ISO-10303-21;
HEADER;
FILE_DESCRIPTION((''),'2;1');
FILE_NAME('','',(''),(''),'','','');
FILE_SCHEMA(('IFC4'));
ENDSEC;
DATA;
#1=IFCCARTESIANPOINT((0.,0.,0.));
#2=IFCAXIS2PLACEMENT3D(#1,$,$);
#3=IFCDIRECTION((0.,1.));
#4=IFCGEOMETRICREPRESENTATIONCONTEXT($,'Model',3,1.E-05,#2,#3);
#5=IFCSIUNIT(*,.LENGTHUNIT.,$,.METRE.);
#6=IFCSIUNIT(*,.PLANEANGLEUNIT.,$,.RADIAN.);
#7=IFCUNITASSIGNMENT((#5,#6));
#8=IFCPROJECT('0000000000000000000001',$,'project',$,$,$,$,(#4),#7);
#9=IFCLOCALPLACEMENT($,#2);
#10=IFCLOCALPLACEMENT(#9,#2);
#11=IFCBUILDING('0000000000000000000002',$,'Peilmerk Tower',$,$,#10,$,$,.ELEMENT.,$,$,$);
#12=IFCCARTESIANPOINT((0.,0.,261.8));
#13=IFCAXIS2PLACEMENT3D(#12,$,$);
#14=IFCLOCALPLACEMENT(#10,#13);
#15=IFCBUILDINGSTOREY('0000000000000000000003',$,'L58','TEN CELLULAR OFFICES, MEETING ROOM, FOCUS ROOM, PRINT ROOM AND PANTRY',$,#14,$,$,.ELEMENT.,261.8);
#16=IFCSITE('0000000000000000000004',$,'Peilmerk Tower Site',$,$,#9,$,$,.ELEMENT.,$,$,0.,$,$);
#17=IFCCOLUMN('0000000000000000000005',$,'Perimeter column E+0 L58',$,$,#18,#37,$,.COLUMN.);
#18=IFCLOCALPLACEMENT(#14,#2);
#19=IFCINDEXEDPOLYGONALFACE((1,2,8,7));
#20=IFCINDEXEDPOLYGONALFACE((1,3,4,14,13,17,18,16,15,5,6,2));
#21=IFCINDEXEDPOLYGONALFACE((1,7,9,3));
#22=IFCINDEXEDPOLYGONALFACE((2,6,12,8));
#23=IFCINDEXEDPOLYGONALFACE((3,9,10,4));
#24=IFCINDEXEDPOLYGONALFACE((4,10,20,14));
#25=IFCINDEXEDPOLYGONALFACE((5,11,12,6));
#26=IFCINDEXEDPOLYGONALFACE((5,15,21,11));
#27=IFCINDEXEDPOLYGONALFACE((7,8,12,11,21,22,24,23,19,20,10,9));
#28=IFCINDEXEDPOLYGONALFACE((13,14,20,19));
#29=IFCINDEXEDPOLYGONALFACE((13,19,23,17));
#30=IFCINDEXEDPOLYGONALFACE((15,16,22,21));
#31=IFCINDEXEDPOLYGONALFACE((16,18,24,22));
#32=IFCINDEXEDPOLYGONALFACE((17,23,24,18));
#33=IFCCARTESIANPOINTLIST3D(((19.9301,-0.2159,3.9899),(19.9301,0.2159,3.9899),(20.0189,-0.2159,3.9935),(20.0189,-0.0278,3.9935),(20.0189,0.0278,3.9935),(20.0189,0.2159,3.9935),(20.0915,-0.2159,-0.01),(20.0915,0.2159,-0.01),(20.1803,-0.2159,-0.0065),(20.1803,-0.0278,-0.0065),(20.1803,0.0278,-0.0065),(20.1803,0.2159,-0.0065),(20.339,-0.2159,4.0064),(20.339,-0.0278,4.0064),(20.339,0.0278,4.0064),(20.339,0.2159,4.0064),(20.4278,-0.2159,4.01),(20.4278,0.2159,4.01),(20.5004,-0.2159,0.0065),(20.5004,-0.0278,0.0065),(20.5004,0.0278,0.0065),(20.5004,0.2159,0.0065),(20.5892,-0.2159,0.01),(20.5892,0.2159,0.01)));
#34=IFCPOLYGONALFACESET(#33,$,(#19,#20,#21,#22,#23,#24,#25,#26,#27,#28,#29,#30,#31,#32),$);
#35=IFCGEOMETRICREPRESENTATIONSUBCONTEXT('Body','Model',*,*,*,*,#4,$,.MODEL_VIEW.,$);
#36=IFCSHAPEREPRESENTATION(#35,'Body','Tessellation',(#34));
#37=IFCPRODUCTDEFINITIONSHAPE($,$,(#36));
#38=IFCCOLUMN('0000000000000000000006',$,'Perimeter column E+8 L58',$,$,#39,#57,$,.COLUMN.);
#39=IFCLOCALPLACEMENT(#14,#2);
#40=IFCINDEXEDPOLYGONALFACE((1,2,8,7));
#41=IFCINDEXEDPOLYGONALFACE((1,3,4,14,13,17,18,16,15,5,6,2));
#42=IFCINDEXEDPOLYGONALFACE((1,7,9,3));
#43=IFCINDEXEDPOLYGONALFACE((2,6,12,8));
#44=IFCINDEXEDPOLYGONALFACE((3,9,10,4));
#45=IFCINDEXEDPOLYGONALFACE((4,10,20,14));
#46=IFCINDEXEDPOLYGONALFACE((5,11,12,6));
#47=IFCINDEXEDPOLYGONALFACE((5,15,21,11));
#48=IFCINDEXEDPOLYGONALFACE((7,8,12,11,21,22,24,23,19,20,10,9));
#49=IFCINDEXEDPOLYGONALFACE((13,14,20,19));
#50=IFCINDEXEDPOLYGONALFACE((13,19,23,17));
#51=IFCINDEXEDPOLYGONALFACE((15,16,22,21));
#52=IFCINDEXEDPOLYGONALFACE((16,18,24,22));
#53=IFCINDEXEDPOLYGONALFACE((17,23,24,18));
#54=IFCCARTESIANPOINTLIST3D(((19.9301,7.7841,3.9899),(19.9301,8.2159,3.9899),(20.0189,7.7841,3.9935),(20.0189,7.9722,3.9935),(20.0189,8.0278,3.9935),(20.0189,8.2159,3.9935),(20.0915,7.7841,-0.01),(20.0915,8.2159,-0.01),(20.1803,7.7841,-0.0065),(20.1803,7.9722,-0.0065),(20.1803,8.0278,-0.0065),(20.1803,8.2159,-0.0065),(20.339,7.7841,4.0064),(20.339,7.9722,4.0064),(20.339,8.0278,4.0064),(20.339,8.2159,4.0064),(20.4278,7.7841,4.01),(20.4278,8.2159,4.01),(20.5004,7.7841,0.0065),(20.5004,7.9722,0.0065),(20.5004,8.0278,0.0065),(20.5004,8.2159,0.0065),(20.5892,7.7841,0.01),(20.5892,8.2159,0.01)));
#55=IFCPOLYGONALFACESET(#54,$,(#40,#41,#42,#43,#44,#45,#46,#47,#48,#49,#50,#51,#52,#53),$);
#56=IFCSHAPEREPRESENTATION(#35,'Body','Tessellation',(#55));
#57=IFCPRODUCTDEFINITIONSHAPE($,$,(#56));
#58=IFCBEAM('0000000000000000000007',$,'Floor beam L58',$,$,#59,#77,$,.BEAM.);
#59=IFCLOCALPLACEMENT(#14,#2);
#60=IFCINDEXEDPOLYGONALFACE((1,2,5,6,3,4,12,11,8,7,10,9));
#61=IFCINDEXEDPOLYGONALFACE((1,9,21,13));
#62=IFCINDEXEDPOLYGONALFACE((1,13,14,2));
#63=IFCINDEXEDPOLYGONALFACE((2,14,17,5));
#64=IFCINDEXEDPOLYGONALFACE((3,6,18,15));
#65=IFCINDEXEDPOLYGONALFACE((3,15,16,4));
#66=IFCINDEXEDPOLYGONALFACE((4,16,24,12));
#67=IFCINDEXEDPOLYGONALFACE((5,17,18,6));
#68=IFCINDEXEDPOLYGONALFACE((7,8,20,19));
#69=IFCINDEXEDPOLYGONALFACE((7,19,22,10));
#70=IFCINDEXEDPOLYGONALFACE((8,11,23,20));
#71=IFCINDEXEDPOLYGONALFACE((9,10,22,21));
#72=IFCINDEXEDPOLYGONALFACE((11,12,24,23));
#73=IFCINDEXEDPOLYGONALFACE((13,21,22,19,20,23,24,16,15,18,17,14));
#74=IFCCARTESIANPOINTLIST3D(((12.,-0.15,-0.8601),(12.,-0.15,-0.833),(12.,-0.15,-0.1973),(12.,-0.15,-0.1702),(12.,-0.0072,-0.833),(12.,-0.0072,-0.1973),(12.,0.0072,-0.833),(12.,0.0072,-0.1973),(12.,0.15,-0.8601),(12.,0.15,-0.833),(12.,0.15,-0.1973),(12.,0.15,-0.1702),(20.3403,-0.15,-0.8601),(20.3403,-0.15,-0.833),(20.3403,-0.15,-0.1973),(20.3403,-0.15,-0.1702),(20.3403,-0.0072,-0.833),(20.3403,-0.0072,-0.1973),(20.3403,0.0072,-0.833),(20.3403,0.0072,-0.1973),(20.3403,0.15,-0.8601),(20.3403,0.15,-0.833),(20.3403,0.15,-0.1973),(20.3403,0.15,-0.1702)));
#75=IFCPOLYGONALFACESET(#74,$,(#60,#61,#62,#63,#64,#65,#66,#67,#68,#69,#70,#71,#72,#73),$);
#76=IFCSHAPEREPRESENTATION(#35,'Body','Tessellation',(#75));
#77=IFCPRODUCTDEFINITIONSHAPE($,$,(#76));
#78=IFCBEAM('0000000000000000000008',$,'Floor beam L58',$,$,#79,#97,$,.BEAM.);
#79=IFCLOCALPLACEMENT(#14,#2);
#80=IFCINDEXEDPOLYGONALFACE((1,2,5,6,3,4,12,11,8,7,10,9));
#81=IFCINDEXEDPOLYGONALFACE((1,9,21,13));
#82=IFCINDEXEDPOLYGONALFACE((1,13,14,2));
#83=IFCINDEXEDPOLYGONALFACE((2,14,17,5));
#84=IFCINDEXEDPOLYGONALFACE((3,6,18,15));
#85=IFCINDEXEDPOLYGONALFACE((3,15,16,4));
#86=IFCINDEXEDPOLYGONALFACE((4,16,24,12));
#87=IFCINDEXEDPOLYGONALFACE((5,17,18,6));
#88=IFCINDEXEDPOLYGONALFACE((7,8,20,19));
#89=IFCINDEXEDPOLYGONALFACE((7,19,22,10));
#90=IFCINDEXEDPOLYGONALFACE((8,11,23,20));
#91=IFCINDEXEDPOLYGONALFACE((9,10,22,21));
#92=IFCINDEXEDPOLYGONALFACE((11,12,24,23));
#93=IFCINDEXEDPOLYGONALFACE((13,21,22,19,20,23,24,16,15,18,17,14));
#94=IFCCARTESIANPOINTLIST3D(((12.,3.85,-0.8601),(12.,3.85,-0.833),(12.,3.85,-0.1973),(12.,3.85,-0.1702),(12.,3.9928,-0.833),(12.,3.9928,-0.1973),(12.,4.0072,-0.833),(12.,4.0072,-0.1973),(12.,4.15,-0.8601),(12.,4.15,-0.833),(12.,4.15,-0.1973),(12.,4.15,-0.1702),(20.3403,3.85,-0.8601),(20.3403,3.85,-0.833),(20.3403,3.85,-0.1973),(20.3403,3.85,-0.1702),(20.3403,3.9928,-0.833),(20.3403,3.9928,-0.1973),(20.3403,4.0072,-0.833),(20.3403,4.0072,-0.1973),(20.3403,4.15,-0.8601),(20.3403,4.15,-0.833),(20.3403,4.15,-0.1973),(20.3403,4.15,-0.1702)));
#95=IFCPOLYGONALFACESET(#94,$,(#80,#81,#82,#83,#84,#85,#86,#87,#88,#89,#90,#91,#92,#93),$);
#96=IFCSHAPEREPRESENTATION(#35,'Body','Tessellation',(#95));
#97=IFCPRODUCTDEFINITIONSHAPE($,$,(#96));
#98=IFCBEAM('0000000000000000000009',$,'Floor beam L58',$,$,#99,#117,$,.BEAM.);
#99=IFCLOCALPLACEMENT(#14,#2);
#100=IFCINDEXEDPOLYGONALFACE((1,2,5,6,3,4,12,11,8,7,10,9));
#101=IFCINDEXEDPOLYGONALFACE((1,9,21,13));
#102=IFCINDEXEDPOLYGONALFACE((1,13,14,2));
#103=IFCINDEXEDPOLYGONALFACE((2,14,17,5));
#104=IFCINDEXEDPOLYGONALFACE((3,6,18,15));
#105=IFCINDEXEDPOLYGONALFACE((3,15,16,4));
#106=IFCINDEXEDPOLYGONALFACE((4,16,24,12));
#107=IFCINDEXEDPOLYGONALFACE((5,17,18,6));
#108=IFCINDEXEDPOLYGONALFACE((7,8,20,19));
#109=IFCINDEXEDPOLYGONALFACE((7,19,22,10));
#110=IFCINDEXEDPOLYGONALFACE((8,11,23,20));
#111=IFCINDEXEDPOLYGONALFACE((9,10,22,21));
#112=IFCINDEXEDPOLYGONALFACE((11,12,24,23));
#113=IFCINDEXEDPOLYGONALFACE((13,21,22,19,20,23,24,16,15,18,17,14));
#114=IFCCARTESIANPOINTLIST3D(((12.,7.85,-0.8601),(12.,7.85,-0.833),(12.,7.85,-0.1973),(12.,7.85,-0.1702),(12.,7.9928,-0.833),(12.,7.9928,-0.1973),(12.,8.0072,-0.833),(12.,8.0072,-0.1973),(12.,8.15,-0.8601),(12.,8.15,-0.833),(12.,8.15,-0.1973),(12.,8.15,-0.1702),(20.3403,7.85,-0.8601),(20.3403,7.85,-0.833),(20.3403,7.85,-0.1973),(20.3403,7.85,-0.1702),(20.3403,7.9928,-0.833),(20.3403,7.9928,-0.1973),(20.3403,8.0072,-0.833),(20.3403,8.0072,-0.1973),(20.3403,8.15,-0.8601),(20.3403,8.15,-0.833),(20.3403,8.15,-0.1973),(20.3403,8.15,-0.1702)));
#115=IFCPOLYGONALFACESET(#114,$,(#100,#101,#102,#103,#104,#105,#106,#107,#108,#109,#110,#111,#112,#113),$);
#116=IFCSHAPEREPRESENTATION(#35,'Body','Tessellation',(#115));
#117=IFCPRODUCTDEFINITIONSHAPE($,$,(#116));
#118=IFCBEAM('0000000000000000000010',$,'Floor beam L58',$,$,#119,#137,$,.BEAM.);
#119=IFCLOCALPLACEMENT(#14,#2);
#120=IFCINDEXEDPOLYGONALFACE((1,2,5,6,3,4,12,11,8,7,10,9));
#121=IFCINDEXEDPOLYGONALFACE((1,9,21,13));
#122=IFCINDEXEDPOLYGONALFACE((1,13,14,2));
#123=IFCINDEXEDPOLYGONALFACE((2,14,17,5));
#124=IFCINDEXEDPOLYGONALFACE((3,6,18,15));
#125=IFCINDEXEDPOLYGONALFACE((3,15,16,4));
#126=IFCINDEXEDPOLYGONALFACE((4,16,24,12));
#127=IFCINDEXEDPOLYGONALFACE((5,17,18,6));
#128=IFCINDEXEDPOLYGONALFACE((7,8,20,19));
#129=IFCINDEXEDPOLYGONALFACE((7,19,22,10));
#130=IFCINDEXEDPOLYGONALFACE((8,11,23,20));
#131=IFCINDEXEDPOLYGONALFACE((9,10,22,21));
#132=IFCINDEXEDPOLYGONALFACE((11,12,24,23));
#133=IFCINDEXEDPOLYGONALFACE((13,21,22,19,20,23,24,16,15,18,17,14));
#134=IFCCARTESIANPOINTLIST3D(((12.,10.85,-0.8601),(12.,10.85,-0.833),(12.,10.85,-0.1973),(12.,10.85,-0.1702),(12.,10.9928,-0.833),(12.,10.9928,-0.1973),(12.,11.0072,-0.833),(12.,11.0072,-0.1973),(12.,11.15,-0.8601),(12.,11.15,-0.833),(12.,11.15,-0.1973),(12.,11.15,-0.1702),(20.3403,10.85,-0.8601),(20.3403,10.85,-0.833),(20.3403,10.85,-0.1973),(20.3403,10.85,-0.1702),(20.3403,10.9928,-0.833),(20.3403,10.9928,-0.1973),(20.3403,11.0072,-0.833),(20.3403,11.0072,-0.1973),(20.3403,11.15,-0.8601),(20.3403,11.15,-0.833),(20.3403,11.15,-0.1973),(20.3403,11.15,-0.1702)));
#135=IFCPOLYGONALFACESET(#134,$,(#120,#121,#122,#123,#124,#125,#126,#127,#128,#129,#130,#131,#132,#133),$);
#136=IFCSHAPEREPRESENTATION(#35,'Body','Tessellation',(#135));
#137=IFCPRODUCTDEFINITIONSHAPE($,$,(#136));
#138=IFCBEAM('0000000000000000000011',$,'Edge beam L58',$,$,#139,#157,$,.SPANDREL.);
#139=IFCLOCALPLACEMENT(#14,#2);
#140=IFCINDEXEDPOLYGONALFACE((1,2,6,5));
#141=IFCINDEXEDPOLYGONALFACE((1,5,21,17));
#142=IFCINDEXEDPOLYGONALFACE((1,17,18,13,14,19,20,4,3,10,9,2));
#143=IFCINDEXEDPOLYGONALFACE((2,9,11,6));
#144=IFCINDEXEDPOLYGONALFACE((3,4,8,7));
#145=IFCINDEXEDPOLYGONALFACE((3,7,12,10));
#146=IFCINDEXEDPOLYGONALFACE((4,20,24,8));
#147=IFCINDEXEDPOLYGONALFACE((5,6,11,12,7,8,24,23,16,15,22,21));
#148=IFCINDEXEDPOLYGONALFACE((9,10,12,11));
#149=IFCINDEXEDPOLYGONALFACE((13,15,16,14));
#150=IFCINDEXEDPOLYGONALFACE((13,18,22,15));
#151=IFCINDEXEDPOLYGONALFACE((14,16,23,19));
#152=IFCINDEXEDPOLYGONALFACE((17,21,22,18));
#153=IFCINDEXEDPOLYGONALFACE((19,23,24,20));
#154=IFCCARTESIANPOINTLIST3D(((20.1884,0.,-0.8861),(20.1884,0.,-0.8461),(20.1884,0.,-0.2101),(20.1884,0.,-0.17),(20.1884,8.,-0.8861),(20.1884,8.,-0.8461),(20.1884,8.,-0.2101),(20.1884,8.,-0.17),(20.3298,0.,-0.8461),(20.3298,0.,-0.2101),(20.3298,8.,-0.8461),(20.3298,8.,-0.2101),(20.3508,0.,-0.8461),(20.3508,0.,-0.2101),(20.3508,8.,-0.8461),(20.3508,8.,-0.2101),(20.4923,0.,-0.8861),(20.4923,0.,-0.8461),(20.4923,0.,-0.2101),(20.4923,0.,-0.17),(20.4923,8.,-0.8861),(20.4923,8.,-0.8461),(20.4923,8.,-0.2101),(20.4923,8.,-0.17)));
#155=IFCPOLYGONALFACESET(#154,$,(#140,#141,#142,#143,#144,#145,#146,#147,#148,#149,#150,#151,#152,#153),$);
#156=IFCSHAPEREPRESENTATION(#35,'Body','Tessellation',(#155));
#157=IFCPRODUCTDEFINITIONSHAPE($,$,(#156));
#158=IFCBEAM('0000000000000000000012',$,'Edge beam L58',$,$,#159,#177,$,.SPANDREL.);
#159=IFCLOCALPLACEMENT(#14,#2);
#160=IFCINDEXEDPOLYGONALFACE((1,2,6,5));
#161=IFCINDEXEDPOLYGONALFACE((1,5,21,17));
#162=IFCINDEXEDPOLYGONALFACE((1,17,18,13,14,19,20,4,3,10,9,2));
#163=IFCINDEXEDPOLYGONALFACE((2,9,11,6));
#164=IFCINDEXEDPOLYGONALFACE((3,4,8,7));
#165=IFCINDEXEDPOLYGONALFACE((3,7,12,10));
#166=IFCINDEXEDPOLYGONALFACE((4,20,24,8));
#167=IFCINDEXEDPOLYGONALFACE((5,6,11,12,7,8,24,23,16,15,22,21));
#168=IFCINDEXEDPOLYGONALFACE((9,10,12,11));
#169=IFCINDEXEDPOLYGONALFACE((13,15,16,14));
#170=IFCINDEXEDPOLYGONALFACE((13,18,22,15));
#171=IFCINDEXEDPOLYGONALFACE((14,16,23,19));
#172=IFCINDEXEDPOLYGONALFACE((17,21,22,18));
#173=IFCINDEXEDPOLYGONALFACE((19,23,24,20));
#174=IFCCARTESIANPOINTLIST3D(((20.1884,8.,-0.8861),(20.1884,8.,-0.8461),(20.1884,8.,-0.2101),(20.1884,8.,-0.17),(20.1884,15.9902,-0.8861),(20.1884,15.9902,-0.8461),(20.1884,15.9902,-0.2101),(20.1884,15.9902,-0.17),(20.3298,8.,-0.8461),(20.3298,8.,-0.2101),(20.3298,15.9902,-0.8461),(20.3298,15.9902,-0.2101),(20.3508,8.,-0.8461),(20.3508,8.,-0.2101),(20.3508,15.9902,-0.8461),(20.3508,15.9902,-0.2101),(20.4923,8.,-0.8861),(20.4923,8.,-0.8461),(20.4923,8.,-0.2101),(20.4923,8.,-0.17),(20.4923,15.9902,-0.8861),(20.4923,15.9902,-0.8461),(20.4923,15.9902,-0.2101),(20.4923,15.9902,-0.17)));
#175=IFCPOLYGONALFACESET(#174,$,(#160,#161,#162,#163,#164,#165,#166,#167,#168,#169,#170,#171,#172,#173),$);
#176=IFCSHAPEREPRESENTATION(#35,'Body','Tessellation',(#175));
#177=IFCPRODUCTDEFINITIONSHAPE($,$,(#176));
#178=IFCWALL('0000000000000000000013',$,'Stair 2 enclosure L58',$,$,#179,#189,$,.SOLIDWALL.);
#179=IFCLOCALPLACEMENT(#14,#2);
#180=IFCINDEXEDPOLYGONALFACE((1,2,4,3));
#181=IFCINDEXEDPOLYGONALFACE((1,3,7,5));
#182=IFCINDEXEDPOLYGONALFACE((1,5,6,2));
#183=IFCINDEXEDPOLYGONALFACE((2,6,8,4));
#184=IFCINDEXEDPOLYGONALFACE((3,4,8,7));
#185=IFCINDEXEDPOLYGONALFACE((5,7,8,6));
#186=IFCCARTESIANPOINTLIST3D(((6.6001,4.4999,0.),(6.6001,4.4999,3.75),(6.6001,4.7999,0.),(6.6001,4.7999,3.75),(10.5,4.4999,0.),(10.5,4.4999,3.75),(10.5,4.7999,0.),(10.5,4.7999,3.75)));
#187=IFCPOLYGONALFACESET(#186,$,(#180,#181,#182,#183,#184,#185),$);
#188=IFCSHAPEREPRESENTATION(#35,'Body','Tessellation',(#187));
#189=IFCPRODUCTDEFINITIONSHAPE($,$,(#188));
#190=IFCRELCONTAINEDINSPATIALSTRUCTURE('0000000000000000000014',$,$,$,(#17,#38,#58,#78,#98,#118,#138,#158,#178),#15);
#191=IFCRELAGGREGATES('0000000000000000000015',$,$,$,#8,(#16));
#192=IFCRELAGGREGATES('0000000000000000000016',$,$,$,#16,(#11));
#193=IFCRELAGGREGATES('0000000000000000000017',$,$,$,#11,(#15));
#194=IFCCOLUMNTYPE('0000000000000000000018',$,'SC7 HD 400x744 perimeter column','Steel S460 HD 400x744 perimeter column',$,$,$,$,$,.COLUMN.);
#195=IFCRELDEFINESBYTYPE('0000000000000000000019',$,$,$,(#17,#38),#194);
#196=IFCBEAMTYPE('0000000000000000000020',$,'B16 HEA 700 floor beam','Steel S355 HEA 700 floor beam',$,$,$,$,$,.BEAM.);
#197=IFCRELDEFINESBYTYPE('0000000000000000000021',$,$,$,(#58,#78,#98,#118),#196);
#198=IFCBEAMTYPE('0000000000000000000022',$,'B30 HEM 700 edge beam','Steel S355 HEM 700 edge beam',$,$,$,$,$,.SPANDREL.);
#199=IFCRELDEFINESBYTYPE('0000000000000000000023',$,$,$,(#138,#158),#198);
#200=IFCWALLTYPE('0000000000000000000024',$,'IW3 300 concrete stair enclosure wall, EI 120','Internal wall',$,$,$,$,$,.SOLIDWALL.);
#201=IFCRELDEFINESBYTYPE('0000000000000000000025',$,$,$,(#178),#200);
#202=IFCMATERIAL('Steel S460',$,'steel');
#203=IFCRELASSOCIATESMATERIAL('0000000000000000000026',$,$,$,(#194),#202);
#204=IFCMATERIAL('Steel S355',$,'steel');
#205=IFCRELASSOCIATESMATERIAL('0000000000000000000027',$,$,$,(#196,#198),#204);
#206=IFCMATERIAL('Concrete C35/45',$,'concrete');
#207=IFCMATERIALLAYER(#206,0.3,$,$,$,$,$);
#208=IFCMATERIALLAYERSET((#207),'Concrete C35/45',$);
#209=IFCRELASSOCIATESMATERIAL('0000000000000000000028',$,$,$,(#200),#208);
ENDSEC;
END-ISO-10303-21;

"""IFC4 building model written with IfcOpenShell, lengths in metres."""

from ifc_helpers import new_model, si_unit, direction, frame, frame_2d, origin, origin_2d, place, context, subcontext, project, spatial, rectangle, i_section, extrude, material, layer, layer_set, material_profile, profile_set, type_object, element, save


model = new_model("IFC4")

# Units and contexts
model_context = context("Model", 3, precision=1e-05, world=origin(), true_north=direction((0.0, 1.0)))
body_context = subcontext(model_context, "Body", "Model", "MODEL_VIEW")
ifc_project = project(units=[si_unit("LENGTHUNIT", "METRE"), si_unit("PLANEANGLEUNIT", "RADIAN")], contexts=[model_context])

# Site, building, storey
site_placement = place(None, origin())
site = spatial("IfcSite", under=ifc_project, at=site_placement, Name="Peilmerk Tower Site", CompositionType="ELEMENT", RefElevation=0.0)
building_placement = place(site_placement, origin())
building = spatial("IfcBuilding", under=site, at=building_placement, Name="Peilmerk Tower", CompositionType="ELEMENT")
storey_placement = place(building_placement, frame((0.0, 0.0, 261.8)))
storey = spatial("IfcBuildingStorey", under=building, at=storey_placement, Name="L58", Description="TEN CELLULAR OFFICES, MEETING ROOM, FOCUS ROOM, PRINT ROOM AND PANTRY", CompositionType="ELEMENT", Elevation=261.8)

# Columns
ifc_material_1 = material(Name="Steel S460", Category="steel")
ifc_material_profile_1 = material_profile(ifc_material_1, i_section(OverallWidth=0.4319, OverallDepth=0.498, WebThickness=0.0557, FlangeThickness=0.0889, at=origin_2d()), Name="HD 400x744")
ifc_profile_set_1 = profile_set([ifc_material_profile_1], Name="Steel S460")
column_type = type_object("IfcColumnType", Name="SC7 HD 400x744 perimeter column", Description="Steel S460 HD 400x744 perimeter column", PredefinedType="COLUMN", material=ifc_profile_set_1)
for number, where, z_axis, x_axis, name in (
    (1, (20.3403, 0.0, 0.0), (-0.040311, 0.0, 0.999187), (0.0, -1.0, 0.0), "Perimeter column E+0 L58"),
    (2, (20.3403, 8.0, 0.0), (-0.040311, 0.0, 0.999187), (0.0, -1.0, 0.0), "Perimeter column E+8 L58"),
):
    element("IfcColumn", number, at=place(storey_placement, frame(where, z_axis=z_axis, x_axis=x_axis)), inside=storey, type_object=column_type, Name=name, PredefinedType="COLUMN", context=body_context, shape_type="SweptSolid", body=[
        extrude(i_section(OverallWidth=0.4319, OverallDepth=0.498, WebThickness=0.0557, FlangeThickness=0.0889, at=origin_2d()), origin(), (0.0, 0.0, 1.0), 4.0032),
    ])

# Beams
ifc_material_2 = material(Name="Steel S355", Category="steel")
ifc_material_profile_2 = material_profile(ifc_material_2, i_section(OverallWidth=0.3, OverallDepth=0.6899, WebThickness=0.0144, FlangeThickness=0.0271, at=origin_2d()), Name="HEA 700")
ifc_profile_set_2 = profile_set([ifc_material_profile_2], Name="Steel S355")
beam_type_1 = type_object("IfcBeamType", Name="B16 HEA 700 floor beam", Description="Steel S355 HEA 700 floor beam", PredefinedType="BEAM", material=ifc_profile_set_2)
for number, where, z_axis, x_axis, name in (
    (3, (12.0, 0.0, -0.5151), (1.0, 0.0, 0.0), (0.0, 1.0, 0.0), "Floor beam L58"),
    (4, (12.0, 4.0, -0.5151), (1.0, 0.0, 0.0), (0.0, 1.0, 0.0), "Floor beam L58"),
    (5, (12.0, 8.0, -0.5151), (1.0, 0.0, 0.0), (0.0, 1.0, 0.0), "Floor beam L58"),
    (6, (12.0, 11.0, -0.5151), (1.0, 0.0, 0.0), (0.0, 1.0, 0.0), "Floor beam L58"),
):
    element("IfcBeam", number, at=place(storey_placement, frame(where, z_axis=z_axis, x_axis=x_axis)), inside=storey, type_object=beam_type_1, Name=name, PredefinedType="BEAM", context=body_context, shape_type="SweptSolid", body=[
        extrude(i_section(OverallWidth=0.3, OverallDepth=0.6899, WebThickness=0.0144, FlangeThickness=0.0271, at=origin_2d()), origin(), (0.0, 0.0, 1.0), 8.3403),
    ])
ifc_material_profile_3 = material_profile(ifc_material_2, i_section(OverallWidth=0.304, OverallDepth=0.7161, WebThickness=0.021, FlangeThickness=0.04, at=origin_2d()), Name="HEM 700")
ifc_profile_set_3 = profile_set([ifc_material_profile_3], Name="Steel S355")
beam_type_2 = type_object("IfcBeamType", Name="B30 HEM 700 edge beam", Description="Steel S355 HEM 700 edge beam", PredefinedType="SPANDREL", material=ifc_profile_set_3)
beam_1_placement = place(storey_placement, frame((20.3403, 0.0, -0.5281), z_axis=(0.0, 1.0, 0.0), x_axis=(-1.0, 0.0, 0.0)))
element("IfcBeam", 7, at=beam_1_placement, inside=storey, type_object=beam_type_2, Name="Edge beam L58", PredefinedType="SPANDREL", context=body_context, shape_type="SweptSolid", body=[
    extrude(i_section(OverallWidth=0.304, OverallDepth=0.7161, WebThickness=0.021, FlangeThickness=0.04, at=origin_2d()), origin(), (0.0, 0.0, 1.0), 8.0),
])
beam_2_placement = place(storey_placement, frame((20.3403, 8.0, -0.5281), z_axis=(0.0, 1.0, 0.0), x_axis=(-1.0, 0.0, 0.0)))
element("IfcBeam", 8, at=beam_2_placement, inside=storey, type_object=beam_type_2, Name="Edge beam L58", PredefinedType="SPANDREL", context=body_context, shape_type="SweptSolid", body=[
    extrude(i_section(OverallWidth=0.304, OverallDepth=0.7161, WebThickness=0.021, FlangeThickness=0.04, at=origin_2d()), origin(), (0.0, 0.0, 1.0), 7.9902),
])

# Wall
ifc_material_3 = material(Name="Concrete C35/45", Category="concrete")
ifc_layer_1 = layer(ifc_material_3, 0.3)
ifc_layer_set_1 = layer_set([ifc_layer_1], Name="Concrete C35/45")
wall_type_1 = type_object("IfcWallType", Name="IW3 300 concrete stair enclosure wall, EI 120", Description="Internal wall", PredefinedType="SOLIDWALL", material=ifc_layer_set_1)
wall_1_placement = place(storey_placement, frame((6.6001, 4.6499, 0.0), z_axis=(0.0, 0.0, 1.0), x_axis=(1.0, 0.0, 0.0)))
element("IfcWall", 9, at=wall_1_placement, inside=storey, type_object=wall_type_1, Name="Stair 2 enclosure L58", PredefinedType="SOLIDWALL", context=body_context, shape_type="SweptSolid", body=[
    extrude(rectangle(XDim=3.8999, YDim=0.3, at=frame_2d((1.95, 0.0))), origin(), (0.0, 0.0, 1.0), 3.75),
])

save(model, "model.ifc")
